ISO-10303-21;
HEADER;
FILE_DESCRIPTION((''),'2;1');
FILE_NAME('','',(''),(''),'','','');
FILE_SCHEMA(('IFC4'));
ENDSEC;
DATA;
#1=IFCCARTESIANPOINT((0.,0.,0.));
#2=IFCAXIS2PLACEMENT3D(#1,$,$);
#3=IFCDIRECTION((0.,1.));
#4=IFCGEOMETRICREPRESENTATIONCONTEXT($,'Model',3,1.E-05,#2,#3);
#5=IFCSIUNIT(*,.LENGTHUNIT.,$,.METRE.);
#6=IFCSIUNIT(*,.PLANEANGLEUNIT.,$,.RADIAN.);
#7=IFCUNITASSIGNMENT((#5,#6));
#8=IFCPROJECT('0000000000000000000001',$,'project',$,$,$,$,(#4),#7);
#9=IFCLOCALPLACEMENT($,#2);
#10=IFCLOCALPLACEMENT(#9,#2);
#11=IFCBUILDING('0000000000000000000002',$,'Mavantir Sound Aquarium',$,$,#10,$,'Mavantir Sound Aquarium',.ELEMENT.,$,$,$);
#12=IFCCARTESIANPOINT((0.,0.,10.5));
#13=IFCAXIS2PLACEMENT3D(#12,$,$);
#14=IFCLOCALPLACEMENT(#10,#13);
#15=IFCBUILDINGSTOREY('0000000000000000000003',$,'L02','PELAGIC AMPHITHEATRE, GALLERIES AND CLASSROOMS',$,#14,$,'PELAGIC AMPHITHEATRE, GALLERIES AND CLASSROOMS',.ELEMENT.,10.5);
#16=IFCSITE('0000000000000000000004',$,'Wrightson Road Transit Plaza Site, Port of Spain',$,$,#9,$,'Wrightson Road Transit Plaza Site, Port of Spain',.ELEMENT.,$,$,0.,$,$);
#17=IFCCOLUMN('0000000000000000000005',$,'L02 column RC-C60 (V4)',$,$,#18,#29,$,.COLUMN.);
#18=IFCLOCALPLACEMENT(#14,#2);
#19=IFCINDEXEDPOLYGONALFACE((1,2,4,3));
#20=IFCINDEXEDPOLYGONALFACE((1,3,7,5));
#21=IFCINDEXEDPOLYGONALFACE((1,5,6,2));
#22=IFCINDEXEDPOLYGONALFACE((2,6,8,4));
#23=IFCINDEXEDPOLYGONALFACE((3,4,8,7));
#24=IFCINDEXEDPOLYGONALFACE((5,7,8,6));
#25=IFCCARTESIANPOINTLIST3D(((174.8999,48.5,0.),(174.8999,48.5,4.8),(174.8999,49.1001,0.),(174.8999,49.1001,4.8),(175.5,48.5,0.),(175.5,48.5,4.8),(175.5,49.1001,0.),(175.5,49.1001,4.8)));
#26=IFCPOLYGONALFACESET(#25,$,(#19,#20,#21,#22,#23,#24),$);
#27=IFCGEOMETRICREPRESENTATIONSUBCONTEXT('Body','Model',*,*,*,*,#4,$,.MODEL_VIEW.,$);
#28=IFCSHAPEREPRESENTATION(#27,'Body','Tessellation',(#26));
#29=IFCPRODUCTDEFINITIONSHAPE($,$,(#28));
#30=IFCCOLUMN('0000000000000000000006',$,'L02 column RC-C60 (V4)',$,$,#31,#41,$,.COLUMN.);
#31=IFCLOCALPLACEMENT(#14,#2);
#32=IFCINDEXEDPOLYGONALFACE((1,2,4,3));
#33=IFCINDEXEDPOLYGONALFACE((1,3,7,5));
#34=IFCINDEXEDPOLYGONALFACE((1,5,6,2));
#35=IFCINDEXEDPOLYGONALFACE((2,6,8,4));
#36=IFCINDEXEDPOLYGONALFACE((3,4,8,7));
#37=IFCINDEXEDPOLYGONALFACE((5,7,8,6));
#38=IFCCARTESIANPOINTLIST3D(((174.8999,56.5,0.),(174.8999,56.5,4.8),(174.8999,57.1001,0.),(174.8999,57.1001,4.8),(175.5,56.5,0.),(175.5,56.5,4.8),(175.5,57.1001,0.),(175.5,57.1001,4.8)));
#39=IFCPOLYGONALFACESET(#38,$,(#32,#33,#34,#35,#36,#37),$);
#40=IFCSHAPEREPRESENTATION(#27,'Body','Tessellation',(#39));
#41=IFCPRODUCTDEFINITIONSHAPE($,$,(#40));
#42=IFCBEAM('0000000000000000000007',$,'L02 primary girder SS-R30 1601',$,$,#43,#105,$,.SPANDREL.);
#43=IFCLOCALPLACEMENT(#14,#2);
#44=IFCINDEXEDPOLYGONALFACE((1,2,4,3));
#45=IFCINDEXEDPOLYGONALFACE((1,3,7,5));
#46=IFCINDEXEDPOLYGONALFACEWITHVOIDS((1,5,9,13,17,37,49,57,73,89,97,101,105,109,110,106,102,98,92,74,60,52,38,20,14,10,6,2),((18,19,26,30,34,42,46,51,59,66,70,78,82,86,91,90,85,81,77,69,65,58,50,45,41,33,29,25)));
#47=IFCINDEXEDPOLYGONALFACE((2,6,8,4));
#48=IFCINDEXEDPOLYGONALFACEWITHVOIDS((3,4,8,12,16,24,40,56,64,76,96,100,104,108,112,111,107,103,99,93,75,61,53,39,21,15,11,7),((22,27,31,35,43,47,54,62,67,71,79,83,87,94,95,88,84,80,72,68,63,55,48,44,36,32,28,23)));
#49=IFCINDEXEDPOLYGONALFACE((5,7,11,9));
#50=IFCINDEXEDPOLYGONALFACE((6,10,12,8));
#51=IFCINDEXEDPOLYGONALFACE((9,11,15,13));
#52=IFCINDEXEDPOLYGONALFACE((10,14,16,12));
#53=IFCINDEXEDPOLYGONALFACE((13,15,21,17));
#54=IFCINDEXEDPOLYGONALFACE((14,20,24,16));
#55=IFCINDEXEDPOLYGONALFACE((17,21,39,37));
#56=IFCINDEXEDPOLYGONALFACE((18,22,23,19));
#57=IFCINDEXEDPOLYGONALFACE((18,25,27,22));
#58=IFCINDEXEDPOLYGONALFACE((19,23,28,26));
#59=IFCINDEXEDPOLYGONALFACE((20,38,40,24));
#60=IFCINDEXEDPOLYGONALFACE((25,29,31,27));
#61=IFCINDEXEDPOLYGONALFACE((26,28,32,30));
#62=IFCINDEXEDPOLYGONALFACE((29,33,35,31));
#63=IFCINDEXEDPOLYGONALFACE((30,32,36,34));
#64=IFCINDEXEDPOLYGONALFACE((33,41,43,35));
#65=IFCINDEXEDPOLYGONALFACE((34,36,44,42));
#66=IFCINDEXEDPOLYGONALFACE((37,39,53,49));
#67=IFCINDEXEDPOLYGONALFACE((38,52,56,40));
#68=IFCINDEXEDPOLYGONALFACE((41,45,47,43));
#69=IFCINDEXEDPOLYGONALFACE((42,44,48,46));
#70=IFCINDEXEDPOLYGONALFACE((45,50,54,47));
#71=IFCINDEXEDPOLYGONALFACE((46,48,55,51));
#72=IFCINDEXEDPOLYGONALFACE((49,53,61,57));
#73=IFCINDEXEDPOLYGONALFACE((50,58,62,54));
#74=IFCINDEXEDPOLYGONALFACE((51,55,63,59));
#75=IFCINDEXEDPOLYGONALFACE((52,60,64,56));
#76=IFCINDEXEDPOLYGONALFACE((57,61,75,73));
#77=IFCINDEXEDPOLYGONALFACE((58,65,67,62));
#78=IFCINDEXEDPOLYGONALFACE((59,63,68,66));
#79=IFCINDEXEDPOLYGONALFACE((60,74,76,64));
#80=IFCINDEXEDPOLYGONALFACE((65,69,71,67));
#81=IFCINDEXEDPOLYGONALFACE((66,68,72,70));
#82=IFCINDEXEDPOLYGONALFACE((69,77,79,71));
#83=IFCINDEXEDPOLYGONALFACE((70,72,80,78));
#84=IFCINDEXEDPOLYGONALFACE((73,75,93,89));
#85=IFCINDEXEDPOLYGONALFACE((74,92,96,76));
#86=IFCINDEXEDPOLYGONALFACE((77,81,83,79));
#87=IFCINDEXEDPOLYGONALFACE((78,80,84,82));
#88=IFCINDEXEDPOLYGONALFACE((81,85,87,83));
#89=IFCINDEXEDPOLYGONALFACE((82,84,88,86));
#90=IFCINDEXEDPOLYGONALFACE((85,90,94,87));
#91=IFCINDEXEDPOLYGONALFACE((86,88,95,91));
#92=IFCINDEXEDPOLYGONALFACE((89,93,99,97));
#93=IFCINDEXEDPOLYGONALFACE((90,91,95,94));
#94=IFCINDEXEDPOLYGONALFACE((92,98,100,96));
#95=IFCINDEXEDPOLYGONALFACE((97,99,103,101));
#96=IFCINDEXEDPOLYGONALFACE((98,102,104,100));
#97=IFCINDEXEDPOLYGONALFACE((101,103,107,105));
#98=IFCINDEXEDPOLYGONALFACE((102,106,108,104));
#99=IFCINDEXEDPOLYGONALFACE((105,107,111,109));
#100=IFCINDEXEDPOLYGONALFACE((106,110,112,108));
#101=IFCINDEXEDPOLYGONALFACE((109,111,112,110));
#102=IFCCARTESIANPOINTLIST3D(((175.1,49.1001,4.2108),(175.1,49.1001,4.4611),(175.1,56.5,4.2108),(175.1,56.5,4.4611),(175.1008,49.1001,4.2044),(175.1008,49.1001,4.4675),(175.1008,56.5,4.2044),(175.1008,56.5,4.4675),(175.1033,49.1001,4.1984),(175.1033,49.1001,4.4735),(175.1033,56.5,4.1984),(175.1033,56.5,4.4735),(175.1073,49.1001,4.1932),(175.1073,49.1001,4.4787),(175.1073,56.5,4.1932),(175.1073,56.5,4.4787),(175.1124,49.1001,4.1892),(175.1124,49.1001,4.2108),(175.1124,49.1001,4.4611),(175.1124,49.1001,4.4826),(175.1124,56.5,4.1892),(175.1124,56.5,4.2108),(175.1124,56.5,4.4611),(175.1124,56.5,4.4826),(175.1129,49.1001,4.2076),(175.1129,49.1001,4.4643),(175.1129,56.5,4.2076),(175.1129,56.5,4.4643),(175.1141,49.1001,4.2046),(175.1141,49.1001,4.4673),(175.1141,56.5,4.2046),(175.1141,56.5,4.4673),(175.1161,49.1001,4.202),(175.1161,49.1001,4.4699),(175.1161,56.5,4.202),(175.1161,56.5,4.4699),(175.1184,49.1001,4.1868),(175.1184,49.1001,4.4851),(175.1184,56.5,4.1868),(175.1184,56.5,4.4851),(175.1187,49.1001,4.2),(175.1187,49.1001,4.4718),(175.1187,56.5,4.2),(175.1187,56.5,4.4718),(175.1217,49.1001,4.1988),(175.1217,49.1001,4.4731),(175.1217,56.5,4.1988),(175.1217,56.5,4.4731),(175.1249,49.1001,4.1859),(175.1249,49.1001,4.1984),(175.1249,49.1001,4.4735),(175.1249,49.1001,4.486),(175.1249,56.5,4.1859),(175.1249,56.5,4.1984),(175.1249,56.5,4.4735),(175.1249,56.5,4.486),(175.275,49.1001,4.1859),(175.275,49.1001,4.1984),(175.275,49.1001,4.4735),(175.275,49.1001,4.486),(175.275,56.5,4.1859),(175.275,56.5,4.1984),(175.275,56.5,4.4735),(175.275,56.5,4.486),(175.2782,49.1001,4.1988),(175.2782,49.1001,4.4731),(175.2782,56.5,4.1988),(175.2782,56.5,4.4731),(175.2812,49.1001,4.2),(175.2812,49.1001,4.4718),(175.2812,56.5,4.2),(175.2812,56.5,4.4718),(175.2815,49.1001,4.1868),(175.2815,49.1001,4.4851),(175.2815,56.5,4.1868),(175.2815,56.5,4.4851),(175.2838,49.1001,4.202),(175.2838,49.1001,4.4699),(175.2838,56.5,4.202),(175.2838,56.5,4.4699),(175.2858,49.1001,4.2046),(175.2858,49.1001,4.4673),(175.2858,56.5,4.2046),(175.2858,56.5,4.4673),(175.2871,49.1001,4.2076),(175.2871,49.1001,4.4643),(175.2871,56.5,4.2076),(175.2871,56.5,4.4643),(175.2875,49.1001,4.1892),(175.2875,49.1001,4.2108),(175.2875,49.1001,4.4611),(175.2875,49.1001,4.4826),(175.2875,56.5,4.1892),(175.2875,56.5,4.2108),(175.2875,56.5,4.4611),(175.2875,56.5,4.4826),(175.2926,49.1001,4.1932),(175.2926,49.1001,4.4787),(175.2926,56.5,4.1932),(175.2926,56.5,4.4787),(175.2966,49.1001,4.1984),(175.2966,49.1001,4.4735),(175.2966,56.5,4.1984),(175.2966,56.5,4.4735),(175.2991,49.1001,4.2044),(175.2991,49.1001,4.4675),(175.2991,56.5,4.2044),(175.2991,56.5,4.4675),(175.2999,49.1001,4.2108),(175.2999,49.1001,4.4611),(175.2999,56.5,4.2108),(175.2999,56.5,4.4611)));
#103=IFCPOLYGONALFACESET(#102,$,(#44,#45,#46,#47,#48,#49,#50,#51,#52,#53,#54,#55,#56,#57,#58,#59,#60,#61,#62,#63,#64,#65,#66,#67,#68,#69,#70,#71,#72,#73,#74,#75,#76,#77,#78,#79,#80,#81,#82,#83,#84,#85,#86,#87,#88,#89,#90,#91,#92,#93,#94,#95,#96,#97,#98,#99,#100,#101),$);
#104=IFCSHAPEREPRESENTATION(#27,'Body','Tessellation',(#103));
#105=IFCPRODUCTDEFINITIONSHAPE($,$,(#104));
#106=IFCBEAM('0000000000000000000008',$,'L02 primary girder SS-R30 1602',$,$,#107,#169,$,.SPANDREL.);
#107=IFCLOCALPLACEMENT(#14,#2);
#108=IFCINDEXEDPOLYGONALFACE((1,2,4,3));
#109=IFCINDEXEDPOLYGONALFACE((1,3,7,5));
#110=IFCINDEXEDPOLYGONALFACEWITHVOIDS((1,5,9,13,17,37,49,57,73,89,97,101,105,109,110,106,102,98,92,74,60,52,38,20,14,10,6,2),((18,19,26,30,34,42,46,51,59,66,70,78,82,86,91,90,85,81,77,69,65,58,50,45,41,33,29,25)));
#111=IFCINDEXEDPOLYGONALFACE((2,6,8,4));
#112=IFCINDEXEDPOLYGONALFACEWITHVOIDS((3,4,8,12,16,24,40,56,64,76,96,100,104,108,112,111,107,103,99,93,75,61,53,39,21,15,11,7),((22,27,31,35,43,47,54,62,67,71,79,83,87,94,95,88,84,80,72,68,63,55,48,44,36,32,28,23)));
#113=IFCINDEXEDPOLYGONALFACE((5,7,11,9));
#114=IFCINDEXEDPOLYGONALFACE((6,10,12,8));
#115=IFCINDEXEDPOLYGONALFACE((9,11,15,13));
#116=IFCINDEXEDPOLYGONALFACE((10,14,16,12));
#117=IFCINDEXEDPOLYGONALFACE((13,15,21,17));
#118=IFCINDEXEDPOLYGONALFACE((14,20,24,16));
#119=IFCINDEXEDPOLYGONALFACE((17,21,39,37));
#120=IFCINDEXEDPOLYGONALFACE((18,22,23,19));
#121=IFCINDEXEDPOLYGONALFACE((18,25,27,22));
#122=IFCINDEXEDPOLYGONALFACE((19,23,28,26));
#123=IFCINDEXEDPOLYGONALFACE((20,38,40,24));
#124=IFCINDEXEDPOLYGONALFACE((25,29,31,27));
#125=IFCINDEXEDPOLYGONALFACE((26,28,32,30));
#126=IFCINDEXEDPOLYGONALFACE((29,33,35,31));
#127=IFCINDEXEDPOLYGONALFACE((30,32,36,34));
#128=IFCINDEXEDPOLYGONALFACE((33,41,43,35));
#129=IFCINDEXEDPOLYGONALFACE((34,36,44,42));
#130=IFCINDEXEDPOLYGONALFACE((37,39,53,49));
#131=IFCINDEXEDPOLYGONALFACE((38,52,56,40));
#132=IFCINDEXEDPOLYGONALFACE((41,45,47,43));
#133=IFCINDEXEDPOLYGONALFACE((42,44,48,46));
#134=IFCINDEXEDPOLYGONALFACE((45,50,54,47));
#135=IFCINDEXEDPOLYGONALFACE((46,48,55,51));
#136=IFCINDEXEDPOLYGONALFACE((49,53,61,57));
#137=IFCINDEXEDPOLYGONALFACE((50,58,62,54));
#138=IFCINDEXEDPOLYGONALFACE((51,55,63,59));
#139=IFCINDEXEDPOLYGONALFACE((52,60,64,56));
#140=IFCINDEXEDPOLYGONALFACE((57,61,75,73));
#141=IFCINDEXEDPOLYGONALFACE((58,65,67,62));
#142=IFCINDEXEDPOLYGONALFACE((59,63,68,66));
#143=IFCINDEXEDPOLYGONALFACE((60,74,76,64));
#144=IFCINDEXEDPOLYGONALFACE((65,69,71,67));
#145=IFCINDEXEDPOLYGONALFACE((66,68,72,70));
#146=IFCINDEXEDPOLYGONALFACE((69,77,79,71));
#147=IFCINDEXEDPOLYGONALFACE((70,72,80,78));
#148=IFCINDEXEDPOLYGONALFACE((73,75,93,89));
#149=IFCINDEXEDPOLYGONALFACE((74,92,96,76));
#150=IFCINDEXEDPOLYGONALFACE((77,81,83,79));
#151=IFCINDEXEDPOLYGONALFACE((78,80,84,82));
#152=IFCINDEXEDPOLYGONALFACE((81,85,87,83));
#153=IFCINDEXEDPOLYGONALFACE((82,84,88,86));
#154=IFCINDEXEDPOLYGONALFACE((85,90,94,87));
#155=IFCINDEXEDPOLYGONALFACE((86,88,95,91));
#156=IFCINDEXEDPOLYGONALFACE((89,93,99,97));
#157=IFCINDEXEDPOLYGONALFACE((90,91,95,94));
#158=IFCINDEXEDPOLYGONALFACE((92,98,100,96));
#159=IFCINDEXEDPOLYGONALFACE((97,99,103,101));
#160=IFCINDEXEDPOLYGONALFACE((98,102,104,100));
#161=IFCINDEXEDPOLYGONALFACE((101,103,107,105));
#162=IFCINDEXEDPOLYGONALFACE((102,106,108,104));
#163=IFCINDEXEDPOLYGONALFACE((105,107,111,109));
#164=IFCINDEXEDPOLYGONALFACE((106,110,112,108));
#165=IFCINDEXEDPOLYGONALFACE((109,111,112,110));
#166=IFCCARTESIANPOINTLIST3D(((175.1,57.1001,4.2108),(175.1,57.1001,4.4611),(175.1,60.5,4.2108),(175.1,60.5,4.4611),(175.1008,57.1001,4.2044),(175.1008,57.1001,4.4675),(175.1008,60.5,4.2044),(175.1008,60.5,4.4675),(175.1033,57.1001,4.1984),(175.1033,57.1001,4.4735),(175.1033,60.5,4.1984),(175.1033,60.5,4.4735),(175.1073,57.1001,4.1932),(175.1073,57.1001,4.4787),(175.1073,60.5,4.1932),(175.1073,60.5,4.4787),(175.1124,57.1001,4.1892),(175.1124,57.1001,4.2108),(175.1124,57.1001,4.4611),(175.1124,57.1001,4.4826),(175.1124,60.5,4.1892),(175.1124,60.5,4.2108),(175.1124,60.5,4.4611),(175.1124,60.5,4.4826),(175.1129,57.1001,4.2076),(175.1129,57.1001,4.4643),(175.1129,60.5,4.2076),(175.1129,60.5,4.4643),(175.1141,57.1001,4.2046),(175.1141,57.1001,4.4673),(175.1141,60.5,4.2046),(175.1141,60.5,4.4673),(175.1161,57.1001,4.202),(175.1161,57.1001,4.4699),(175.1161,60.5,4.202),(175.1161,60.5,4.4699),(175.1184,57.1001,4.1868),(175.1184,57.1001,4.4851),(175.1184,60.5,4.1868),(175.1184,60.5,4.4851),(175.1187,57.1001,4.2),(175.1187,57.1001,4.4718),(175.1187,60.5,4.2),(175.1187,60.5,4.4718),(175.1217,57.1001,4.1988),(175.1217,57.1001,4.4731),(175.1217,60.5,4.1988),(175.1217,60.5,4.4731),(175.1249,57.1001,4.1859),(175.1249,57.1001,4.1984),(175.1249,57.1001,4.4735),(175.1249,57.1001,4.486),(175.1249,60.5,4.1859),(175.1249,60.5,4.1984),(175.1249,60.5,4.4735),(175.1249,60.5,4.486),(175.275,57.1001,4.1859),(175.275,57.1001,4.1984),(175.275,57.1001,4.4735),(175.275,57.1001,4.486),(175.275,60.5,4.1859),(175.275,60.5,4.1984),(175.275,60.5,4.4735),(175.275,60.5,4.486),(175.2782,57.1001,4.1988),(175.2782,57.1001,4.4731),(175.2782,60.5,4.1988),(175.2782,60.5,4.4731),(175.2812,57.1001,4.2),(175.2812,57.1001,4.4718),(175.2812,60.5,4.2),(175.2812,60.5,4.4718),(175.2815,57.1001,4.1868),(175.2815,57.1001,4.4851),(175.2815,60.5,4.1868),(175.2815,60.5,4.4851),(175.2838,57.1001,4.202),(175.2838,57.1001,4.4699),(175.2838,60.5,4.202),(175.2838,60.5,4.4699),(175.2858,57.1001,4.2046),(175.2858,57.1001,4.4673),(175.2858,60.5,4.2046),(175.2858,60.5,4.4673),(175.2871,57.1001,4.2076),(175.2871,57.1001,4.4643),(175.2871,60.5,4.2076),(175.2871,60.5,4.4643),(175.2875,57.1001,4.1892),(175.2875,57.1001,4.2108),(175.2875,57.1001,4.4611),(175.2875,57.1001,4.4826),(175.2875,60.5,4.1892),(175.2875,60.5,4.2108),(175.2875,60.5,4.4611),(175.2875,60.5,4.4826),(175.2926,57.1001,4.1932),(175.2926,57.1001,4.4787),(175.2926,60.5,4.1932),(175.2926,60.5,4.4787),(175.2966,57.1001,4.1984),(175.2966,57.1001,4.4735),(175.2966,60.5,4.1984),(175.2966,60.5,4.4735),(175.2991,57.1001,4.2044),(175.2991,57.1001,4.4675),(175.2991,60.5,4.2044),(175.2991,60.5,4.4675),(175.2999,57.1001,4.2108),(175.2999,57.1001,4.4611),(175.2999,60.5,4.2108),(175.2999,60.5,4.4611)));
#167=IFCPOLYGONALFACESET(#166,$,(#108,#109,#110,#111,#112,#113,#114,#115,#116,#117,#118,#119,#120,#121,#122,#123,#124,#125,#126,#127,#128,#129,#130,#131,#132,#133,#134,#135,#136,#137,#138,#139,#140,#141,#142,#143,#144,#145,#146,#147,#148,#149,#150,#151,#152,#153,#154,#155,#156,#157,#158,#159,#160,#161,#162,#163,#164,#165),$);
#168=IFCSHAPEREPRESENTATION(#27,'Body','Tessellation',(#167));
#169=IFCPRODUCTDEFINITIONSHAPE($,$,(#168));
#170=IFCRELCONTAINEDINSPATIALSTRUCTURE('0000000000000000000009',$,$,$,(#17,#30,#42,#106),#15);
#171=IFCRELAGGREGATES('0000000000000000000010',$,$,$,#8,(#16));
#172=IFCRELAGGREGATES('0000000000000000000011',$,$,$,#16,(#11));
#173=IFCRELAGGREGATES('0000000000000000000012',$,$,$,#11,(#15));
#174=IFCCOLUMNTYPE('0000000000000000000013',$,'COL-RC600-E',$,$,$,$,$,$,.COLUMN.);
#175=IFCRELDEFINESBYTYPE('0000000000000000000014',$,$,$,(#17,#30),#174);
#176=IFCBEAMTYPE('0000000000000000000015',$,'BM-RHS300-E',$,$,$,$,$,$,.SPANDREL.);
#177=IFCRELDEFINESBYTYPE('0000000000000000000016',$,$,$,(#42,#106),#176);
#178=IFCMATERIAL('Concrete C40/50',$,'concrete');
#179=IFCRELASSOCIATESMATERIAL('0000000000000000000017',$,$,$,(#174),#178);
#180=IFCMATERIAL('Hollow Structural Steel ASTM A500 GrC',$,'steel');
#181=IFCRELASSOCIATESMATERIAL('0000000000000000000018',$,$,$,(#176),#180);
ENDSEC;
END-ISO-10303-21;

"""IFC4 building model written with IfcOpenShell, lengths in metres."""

from ifc_helpers import new_model, si_unit, direction, frame, origin, origin_2d, place, context, subcontext, project, spatial, rectangle, hollow_rectangle, extrude, material, material_profile, profile_set, type_object, element, save


model = new_model("IFC4")

# Units and contexts
model_context = context("Model", 3, precision=1e-05, world=origin(), true_north=direction((0.0, 1.0)))
body_context = subcontext(model_context, "Body", "Model", "MODEL_VIEW")
ifc_project = project(units=[si_unit("LENGTHUNIT", "METRE"), si_unit("PLANEANGLEUNIT", "RADIAN")], contexts=[model_context])

# Site, building, storey
site_placement = place(None, origin())
site = spatial("IfcSite", under=ifc_project, at=site_placement, Name="Wrightson Road Transit Plaza Site, Port of Spain", LongName="Wrightson Road Transit Plaza Site, Port of Spain", CompositionType="ELEMENT", RefElevation=0.0)
building_placement = place(site_placement, origin())
building = spatial("IfcBuilding", under=site, at=building_placement, Name="Mavantir Sound Aquarium", LongName="Mavantir Sound Aquarium", CompositionType="ELEMENT")
storey_placement = place(building_placement, frame((0.0, 0.0, 10.5)))
storey = spatial("IfcBuildingStorey", under=building, at=storey_placement, Name="L02", Description="PELAGIC AMPHITHEATRE, GALLERIES AND CLASSROOMS", LongName="PELAGIC AMPHITHEATRE, GALLERIES AND CLASSROOMS", CompositionType="ELEMENT", Elevation=10.5)

# Columns
ifc_material_1 = material(Name="Concrete C40/50", Category="concrete")
ifc_material_profile_1 = material_profile(ifc_material_1, rectangle(XDim=0.6001, YDim=0.6001, at=origin_2d()), Name="RC 600X600")
ifc_profile_set_1 = profile_set([ifc_material_profile_1], Name="Concrete C40/50")
column_type = type_object("IfcColumnType", Name="COL-RC600-E", PredefinedType="COLUMN", material=ifc_profile_set_1)
for number, where, z_axis, x_axis, name in (
    (1, (175.2, 48.8, 0.0), (0.0, 0.0, 1.0), (1.0, 0.0, 0.0), "L02 column RC-C60 (V4)"),
    (2, (175.2, 56.8, 0.0), (0.0, 0.0, 1.0), (1.0, 0.0, 0.0), "L02 column RC-C60 (V4)"),
):
    element("IfcColumn", number, at=place(storey_placement, frame(where, z_axis=z_axis, x_axis=x_axis)), inside=storey, type_object=column_type, Name=name, PredefinedType="COLUMN", context=body_context, shape_type="SweptSolid", body=[
        extrude(rectangle(XDim=0.6001, YDim=0.6001, at=origin_2d()), origin(), (0.0, 0.0, 1.0), 4.8),
    ])

# Beams
ifc_material_2 = material(Name="Hollow Structural Steel ASTM A500 GrC", Category="steel")
ifc_material_profile_2 = material_profile(ifc_material_2, hollow_rectangle(XDim=0.2, YDim=0.3, WallThickness=0.0125, InnerFilletRadius=0.0125, OuterFilletRadius=0.0249, at=origin_2d()), Name="RHS 300X200X12.5")
ifc_profile_set_2 = profile_set([ifc_material_profile_2], Name="Hollow Structural Steel ASTM A500 GrC")
beam_type_1 = type_object("IfcBeamType", Name="BM-RHS300-E", PredefinedType="SPANDREL", material=ifc_profile_set_2)
beam_1_placement = place(storey_placement, frame((175.2, 49.1001, 4.3359), z_axis=(0.0, 1.0, 0.0), x_axis=(-1.0, 0.0, 0.0)))
element("IfcBeam", 3, at=beam_1_placement, inside=storey, type_object=beam_type_1, Name="L02 primary girder SS-R30 1601", PredefinedType="SPANDREL", context=body_context, shape_type="SweptSolid", body=[
    extrude(hollow_rectangle(XDim=0.2, YDim=0.3, WallThickness=0.0125, InnerFilletRadius=0.0125, OuterFilletRadius=0.0249, at=origin_2d()), origin(), (0.0, 0.0, 1.0), 7.3999),
])
beam_2_placement = place(storey_placement, frame((175.2, 57.1001, 4.3359), z_axis=(0.0, 1.0, 0.0), x_axis=(-1.0, 0.0, 0.0)))
element("IfcBeam", 4, at=beam_2_placement, inside=storey, type_object=beam_type_1, Name="L02 primary girder SS-R30 1602", PredefinedType="SPANDREL", context=body_context, shape_type="SweptSolid", body=[
    extrude(hollow_rectangle(XDim=0.2, YDim=0.3, WallThickness=0.0125, InnerFilletRadius=0.0125, OuterFilletRadius=0.0249, at=origin_2d()), origin(), (0.0, 0.0, 1.0), 3.3999),
])

save(model, "model.ifc")
